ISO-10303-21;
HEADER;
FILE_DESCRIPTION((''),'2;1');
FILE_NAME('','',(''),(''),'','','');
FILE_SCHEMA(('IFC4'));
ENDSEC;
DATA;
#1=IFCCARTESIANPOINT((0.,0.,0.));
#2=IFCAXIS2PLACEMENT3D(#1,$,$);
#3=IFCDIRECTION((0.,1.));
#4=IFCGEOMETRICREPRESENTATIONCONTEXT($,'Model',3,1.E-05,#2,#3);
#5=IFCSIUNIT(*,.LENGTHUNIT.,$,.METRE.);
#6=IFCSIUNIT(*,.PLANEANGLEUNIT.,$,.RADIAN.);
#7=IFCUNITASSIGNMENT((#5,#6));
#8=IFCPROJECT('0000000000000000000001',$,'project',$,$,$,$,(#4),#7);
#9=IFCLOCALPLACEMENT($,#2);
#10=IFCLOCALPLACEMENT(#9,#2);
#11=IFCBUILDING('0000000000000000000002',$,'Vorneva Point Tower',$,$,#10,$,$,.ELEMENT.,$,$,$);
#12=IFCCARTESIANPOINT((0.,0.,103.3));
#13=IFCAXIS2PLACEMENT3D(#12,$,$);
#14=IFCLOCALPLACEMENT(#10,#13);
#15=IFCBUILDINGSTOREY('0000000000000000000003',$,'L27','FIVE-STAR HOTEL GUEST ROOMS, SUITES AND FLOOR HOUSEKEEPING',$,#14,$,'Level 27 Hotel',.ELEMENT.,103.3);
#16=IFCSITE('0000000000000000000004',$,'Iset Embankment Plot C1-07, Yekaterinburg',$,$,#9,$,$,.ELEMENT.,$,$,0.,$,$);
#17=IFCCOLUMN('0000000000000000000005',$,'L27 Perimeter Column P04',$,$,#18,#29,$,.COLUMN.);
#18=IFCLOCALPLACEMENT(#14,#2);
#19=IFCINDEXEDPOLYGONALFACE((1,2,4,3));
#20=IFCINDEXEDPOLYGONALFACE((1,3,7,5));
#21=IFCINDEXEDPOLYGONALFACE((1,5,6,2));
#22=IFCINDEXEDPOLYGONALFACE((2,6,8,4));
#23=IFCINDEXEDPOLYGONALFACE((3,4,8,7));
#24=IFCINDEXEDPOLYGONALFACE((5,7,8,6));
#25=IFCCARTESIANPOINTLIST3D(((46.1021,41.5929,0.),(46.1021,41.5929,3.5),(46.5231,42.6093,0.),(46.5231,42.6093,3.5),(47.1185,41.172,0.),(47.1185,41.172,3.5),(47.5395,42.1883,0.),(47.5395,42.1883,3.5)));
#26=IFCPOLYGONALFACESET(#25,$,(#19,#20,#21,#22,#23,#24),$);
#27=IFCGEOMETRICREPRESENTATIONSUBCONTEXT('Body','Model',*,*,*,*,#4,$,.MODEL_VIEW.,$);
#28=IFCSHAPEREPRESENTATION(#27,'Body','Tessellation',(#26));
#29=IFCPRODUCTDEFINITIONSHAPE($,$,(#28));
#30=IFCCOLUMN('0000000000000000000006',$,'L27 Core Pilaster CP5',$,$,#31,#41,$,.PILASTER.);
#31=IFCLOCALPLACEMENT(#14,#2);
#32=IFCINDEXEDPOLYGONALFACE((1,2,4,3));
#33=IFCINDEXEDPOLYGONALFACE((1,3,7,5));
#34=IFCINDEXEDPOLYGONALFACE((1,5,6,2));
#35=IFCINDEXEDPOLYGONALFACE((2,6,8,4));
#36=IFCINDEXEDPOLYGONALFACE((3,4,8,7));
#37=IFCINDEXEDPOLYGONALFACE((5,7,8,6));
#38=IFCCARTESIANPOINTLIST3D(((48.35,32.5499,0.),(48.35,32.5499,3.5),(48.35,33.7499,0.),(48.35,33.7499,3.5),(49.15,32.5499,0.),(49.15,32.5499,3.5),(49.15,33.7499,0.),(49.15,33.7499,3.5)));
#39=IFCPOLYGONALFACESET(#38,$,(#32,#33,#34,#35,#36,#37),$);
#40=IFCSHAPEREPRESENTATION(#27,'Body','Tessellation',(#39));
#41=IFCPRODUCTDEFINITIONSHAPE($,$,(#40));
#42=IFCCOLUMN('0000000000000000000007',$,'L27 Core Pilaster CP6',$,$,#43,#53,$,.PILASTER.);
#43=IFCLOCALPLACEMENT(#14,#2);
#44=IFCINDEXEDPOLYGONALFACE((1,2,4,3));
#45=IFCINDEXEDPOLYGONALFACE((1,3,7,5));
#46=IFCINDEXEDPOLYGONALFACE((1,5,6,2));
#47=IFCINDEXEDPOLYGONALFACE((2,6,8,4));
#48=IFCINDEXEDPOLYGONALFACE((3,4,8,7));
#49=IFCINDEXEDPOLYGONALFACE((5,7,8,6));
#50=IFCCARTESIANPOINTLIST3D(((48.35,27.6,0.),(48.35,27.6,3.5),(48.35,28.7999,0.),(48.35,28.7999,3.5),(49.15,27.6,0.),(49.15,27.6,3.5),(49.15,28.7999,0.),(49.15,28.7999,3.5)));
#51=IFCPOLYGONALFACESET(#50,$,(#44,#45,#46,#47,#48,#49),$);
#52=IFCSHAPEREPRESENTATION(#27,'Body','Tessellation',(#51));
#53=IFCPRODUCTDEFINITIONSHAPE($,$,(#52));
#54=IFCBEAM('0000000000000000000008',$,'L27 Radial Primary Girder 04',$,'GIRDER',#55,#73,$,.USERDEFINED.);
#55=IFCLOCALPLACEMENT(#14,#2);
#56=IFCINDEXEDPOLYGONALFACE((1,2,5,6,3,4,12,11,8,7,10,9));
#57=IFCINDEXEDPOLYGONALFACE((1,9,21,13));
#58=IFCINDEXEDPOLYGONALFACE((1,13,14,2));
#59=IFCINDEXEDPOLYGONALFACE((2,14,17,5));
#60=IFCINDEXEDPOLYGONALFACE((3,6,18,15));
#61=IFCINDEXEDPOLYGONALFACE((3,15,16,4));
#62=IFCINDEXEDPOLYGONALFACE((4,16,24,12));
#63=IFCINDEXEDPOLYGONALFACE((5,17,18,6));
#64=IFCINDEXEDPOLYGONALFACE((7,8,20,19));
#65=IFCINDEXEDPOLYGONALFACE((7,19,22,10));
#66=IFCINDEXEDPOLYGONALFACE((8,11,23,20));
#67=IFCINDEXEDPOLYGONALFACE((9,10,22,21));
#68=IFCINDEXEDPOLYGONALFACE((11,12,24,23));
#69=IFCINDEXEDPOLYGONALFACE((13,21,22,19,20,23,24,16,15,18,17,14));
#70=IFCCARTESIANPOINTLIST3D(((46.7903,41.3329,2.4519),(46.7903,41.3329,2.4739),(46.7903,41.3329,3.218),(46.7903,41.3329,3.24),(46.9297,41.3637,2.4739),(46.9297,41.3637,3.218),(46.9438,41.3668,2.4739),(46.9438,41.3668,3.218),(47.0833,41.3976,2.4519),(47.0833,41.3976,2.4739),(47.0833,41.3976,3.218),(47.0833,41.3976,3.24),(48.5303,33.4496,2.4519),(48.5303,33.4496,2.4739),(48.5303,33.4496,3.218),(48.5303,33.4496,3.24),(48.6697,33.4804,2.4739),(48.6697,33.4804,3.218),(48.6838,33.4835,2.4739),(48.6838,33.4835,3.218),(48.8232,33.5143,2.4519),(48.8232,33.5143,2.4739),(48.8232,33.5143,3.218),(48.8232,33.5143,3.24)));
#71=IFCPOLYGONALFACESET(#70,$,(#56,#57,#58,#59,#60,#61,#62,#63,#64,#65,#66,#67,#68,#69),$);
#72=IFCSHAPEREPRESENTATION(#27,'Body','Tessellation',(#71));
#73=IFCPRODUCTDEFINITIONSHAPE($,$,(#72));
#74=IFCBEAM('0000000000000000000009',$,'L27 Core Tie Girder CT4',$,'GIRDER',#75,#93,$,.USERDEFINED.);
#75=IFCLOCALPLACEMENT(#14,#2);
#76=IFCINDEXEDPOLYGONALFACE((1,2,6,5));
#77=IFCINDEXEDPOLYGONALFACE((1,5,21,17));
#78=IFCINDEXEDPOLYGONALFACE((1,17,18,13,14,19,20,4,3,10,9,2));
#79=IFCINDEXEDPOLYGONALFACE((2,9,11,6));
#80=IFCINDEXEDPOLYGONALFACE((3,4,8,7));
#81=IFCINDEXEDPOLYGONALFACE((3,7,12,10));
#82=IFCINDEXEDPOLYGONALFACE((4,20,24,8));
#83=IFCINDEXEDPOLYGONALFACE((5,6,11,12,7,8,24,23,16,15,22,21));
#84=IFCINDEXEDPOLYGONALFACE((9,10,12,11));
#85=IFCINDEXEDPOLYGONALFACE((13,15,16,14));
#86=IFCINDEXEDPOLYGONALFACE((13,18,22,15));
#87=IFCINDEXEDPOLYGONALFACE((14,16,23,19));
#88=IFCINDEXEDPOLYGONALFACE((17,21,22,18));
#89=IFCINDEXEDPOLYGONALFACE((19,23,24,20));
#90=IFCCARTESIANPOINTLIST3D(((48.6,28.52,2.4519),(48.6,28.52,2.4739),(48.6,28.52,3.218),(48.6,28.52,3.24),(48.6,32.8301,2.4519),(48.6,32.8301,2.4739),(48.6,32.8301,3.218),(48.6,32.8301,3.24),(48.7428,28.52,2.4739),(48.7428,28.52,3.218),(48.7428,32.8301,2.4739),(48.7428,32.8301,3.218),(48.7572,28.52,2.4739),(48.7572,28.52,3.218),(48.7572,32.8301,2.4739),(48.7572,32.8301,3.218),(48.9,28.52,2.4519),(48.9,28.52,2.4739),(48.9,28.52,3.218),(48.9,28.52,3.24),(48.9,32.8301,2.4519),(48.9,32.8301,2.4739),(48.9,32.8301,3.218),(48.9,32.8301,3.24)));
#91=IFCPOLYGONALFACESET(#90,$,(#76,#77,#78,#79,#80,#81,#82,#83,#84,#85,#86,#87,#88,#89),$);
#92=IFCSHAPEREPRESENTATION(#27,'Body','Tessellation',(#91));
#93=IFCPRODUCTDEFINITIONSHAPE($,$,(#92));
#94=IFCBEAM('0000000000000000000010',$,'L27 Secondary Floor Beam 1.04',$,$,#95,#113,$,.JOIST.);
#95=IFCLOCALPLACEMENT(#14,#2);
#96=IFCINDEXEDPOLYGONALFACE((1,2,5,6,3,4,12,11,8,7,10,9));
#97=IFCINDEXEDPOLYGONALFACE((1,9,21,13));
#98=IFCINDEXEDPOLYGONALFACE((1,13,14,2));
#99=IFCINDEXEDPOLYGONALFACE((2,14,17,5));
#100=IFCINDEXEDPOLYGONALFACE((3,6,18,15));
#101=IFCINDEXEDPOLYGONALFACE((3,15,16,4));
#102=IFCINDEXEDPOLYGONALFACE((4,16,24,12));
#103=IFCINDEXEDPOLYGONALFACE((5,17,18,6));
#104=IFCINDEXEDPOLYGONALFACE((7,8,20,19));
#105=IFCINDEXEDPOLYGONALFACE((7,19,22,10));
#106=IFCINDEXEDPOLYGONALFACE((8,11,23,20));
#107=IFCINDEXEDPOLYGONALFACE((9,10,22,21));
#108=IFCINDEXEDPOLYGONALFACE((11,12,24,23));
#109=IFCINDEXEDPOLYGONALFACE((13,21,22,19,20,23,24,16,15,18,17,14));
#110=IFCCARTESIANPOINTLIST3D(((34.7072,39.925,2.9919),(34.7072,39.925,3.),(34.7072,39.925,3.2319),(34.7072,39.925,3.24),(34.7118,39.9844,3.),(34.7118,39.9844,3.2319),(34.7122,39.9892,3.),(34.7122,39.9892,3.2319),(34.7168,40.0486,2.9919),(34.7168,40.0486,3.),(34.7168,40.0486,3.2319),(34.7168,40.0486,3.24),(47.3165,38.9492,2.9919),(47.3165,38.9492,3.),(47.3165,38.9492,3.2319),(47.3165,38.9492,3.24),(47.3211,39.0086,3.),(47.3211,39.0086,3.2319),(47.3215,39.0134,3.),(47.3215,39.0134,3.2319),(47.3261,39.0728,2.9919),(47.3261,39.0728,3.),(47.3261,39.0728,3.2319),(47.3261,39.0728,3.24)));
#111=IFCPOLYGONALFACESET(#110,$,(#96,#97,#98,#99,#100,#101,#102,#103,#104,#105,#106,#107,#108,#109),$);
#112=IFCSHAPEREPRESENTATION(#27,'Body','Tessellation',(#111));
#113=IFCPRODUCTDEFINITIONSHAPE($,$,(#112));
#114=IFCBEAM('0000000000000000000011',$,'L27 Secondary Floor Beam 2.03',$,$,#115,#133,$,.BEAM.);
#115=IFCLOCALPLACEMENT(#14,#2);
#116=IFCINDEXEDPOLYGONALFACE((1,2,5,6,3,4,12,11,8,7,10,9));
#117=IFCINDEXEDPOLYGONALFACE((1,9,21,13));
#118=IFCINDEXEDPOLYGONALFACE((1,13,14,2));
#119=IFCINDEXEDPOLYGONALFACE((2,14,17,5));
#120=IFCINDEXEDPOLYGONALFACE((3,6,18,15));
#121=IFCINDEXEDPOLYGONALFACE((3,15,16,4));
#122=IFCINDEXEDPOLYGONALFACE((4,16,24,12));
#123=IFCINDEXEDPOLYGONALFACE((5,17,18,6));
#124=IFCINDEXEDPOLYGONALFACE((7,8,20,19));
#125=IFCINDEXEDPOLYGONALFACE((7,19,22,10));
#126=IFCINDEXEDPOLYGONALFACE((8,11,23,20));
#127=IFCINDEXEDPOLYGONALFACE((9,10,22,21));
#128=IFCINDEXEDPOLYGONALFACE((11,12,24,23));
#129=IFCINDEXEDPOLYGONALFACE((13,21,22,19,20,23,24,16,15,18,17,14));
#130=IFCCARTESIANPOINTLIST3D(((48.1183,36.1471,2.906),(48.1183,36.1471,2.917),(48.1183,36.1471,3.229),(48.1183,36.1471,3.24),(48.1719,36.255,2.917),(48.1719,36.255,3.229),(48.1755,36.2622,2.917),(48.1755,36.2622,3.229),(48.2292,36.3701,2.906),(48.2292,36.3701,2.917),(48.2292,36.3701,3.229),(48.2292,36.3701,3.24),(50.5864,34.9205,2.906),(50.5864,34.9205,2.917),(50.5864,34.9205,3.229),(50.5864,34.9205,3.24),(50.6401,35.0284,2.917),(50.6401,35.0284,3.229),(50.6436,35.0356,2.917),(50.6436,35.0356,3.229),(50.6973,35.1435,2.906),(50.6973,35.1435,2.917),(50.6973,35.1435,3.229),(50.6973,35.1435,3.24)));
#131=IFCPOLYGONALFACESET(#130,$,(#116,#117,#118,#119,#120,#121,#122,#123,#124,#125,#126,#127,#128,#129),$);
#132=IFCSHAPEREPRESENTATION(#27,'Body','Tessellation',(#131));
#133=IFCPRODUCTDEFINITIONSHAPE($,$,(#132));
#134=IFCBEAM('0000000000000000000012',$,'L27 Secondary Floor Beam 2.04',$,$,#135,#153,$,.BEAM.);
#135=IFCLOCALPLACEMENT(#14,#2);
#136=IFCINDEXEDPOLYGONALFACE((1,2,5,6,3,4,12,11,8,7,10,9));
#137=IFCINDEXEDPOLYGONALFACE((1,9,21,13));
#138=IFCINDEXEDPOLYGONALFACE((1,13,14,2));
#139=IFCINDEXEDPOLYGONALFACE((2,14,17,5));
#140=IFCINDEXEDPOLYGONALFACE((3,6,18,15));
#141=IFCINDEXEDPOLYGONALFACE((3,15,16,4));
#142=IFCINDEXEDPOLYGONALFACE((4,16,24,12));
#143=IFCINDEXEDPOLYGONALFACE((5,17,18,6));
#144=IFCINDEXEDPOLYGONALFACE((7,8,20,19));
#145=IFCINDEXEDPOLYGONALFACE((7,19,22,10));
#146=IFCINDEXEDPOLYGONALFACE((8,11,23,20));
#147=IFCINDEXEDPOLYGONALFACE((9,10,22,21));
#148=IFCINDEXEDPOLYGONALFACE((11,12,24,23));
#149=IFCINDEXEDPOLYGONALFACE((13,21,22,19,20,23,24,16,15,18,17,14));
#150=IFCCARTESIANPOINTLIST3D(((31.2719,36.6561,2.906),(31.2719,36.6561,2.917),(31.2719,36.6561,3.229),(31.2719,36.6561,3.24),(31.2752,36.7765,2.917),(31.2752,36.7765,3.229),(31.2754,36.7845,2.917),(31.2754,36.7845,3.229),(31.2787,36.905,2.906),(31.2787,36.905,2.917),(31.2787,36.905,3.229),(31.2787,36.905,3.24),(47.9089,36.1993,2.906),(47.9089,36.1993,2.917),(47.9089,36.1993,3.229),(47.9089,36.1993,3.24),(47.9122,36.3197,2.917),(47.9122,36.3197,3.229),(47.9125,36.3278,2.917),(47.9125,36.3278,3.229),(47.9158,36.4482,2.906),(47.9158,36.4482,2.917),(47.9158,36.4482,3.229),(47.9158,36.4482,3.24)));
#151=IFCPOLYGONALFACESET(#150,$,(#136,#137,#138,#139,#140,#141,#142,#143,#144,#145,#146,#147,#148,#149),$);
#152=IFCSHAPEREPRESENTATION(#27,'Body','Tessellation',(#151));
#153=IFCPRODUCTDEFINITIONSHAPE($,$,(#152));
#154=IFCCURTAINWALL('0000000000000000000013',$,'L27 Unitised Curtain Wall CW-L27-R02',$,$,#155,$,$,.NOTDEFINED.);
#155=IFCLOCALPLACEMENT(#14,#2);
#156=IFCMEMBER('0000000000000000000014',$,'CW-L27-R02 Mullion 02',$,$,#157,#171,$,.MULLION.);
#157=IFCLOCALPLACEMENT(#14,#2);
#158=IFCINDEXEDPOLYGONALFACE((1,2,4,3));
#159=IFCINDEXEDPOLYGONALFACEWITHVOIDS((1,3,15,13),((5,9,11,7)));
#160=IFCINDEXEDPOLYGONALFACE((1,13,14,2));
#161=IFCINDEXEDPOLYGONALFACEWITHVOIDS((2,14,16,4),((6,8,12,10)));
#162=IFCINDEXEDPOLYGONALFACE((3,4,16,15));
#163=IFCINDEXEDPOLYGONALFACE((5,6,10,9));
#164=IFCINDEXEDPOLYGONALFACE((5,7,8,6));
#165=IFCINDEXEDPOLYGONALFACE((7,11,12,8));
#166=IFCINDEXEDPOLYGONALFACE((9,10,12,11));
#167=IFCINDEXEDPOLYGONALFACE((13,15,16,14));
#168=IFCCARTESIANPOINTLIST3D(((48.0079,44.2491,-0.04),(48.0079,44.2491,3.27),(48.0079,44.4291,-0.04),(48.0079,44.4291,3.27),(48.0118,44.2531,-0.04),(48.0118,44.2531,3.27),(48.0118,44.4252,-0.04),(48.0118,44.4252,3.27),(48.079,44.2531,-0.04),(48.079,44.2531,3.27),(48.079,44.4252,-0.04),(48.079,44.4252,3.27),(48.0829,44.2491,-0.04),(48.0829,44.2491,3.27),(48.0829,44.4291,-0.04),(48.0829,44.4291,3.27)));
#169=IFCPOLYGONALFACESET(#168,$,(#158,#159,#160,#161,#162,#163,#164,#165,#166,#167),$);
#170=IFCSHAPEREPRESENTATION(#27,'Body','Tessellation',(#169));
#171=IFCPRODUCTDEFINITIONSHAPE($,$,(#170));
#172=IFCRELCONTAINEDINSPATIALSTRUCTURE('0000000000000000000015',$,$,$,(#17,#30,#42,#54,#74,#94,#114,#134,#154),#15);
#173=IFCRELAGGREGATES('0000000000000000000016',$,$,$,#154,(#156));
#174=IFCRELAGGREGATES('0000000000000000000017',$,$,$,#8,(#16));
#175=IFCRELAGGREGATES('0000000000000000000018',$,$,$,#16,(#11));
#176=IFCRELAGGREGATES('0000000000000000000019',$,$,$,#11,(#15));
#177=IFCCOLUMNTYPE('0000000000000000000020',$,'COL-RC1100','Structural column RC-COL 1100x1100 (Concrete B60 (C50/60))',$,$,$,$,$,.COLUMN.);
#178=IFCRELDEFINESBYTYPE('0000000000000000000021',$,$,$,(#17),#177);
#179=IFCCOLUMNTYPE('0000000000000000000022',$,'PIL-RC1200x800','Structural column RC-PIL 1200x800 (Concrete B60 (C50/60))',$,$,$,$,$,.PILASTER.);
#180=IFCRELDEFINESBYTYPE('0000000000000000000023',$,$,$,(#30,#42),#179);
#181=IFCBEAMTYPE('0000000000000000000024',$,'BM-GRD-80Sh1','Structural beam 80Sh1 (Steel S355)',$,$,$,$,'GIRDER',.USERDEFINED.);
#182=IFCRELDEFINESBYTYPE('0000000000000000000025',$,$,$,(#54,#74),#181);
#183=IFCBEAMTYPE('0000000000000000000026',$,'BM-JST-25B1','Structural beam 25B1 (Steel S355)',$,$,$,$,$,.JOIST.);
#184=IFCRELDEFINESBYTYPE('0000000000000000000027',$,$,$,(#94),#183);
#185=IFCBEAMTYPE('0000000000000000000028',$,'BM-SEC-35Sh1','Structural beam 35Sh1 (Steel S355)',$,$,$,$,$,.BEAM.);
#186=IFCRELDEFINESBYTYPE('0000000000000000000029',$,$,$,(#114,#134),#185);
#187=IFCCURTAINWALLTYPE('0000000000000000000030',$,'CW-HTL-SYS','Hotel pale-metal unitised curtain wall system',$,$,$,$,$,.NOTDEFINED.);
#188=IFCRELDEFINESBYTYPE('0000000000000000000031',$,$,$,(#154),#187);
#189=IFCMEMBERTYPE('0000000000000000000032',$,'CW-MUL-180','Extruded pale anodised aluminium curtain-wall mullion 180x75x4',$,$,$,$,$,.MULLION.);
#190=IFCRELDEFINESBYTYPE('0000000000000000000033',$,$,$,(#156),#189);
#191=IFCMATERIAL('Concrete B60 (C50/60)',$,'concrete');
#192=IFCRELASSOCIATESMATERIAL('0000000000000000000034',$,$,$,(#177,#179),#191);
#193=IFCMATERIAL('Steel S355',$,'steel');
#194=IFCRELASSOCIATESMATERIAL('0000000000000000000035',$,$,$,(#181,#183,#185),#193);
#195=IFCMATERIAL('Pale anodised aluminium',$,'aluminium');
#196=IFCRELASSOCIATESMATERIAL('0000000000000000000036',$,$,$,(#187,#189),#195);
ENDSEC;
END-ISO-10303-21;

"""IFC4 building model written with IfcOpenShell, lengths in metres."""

from ifc_helpers import new_model, si_unit, direction, frame, origin, origin_2d, place, context, subcontext, project, spatial, rectangle, hollow_rectangle, i_section, extrude, material, material_profile, profile_set, type_object, element, aggregate, save


model = new_model("IFC4")

# Units and contexts
model_context = context("Model", 3, precision=1e-05, world=origin(), true_north=direction((0.0, 1.0)))
body_context = subcontext(model_context, "Body", "Model", "MODEL_VIEW")
ifc_project = project(units=[si_unit("LENGTHUNIT", "METRE"), si_unit("PLANEANGLEUNIT", "RADIAN")], contexts=[model_context])

# Site, building, storey
site_placement = place(None, origin())
site = spatial("IfcSite", under=ifc_project, at=site_placement, Name="Iset Embankment Plot C1-07, Yekaterinburg", CompositionType="ELEMENT", RefElevation=0.0)
building_placement = place(site_placement, origin())
building = spatial("IfcBuilding", under=site, at=building_placement, Name="Vorneva Point Tower", CompositionType="ELEMENT")
storey_placement = place(building_placement, frame((0.0, 0.0, 103.3)))
storey = spatial("IfcBuildingStorey", under=building, at=storey_placement, Name="L27", Description="FIVE-STAR HOTEL GUEST ROOMS, SUITES AND FLOOR HOUSEKEEPING", LongName="Level 27 Hotel", CompositionType="ELEMENT", Elevation=103.3)

# Columns
ifc_material_1 = material(Name="Concrete B60 (C50/60)", Category="concrete")
ifc_material_profile_1 = material_profile(ifc_material_1, rectangle(XDim=1.1001, YDim=1.1001, at=origin_2d()), Name="RC-COL 1100x1100")
ifc_profile_set_1 = profile_set([ifc_material_profile_1], Name="Concrete B60 (C50/60)")
column_type_1 = type_object("IfcColumnType", Name="COL-RC1100", Description="Structural column RC-COL 1100x1100 (Concrete B60 (C50/60))", PredefinedType="COLUMN", material=ifc_profile_set_1)
column_placement = place(storey_placement, frame((46.8208, 41.8906, 0.0), z_axis=(0.0, 0.0, 1.0), x_axis=(0.382683, 0.92388, 0.0)))
element("IfcColumn", 1, at=column_placement, inside=storey, type_object=column_type_1, Name="L27 Perimeter Column P04", PredefinedType="COLUMN", context=body_context, shape_type="SweptSolid", body=[
    extrude(rectangle(XDim=1.1001, YDim=1.1001, at=origin_2d()), origin(), (0.0, 0.0, 1.0), 3.5),
])
ifc_material_profile_2 = material_profile(ifc_material_1, rectangle(XDim=0.8, YDim=1.2, at=origin_2d()), Name="RC-PIL 1200x800")
ifc_profile_set_2 = profile_set([ifc_material_profile_2], Name="Concrete B60 (C50/60)")
column_type_2 = type_object("IfcColumnType", Name="PIL-RC1200x800", Description="Structural column RC-PIL 1200x800 (Concrete B60 (C50/60))", PredefinedType="PILASTER", material=ifc_profile_set_2)
for number, where, z_axis, x_axis, name in (
    (2, (48.75, 33.1499, 0.0), (0.0, 0.0, 1.0), (1.0, 0.0, 0.0), "L27 Core Pilaster CP5"),
    (3, (48.75, 28.2, 0.0), (0.0, 0.0, 1.0), (1.0, 0.0, 0.0), "L27 Core Pilaster CP6"),
):
    element("IfcColumn", number, at=place(storey_placement, frame(where, z_axis=z_axis, x_axis=x_axis)), inside=storey, type_object=column_type_2, Name=name, PredefinedType="PILASTER", context=body_context, shape_type="SweptSolid", body=[
        extrude(rectangle(XDim=0.8, YDim=1.2, at=origin_2d()), origin(), (0.0, 0.0, 1.0), 3.5),
    ])

# Beams
ifc_material_2 = material(Name="Steel S355", Category="steel")
ifc_material_profile_3 = material_profile(ifc_material_2, i_section(OverallWidth=0.3, OverallDepth=0.7881, WebThickness=0.0144, FlangeThickness=0.022, at=origin_2d()), Name="80Sh1")
ifc_profile_set_3 = profile_set([ifc_material_profile_3], Name="Steel S355")
beam_type_1 = type_object("IfcBeamType", Name="BM-GRD-80Sh1", Description="Structural beam 80Sh1 (Steel S355)", ElementType="GIRDER", PredefinedType="USERDEFINED", material=ifc_profile_set_3)
beam_1_placement = place(storey_placement, frame((46.9368, 41.3652, 2.8459), z_axis=(0.215531, -0.976497, 0.0), x_axis=(0.976497, 0.215531, 0.0)))
element("IfcBeam", 4, at=beam_1_placement, inside=storey, type_object=beam_type_1, Name="L27 Radial Primary Girder 04", ObjectType="GIRDER", PredefinedType="USERDEFINED", context=body_context, shape_type="SweptSolid", body=[
    extrude(i_section(OverallWidth=0.3, OverallDepth=0.7881, WebThickness=0.0144, FlangeThickness=0.022, at=origin_2d()), origin(), (0.0, 0.0, 1.0), 8.073),
])
beam_2_placement = place(storey_placement, frame((48.75, 28.52, 2.8459), z_axis=(0.0, 1.0, 0.0), x_axis=(-1.0, 0.0, 0.0)))
element("IfcBeam", 5, at=beam_2_placement, inside=storey, type_object=beam_type_1, Name="L27 Core Tie Girder CT4", ObjectType="GIRDER", PredefinedType="USERDEFINED", context=body_context, shape_type="SweptSolid", body=[
    extrude(i_section(OverallWidth=0.3, OverallDepth=0.7881, WebThickness=0.0144, FlangeThickness=0.022, at=origin_2d()), origin(), (0.0, 0.0, 1.0), 4.3101),
])
ifc_material_profile_4 = material_profile(ifc_material_2, i_section(OverallWidth=0.124, OverallDepth=0.248, WebThickness=0.0049, FlangeThickness=0.0081, at=origin_2d()), Name="25B1")
ifc_profile_set_4 = profile_set([ifc_material_profile_4], Name="Steel S355")
beam_type_2 = type_object("IfcBeamType", Name="BM-JST-25B1", Description="Structural beam 25B1 (Steel S355)", PredefinedType="JOIST", material=ifc_profile_set_4)
beam_3_placement = place(storey_placement, frame((47.3213, 39.011, 3.116), z_axis=(-0.997019, 0.077159, 0.0), x_axis=(-0.077159, -0.997019, 0.0)))
element("IfcBeam", 6, at=beam_3_placement, inside=storey, type_object=beam_type_2, Name="L27 Secondary Floor Beam 1.04", PredefinedType="JOIST", context=body_context, shape_type="SweptSolid", body=[
    extrude(i_section(OverallWidth=0.124, OverallDepth=0.248, WebThickness=0.0049, FlangeThickness=0.0081, at=origin_2d()), origin(), (0.0, 0.0, 1.0), 12.647),
])
ifc_material_profile_5 = material_profile(ifc_material_2, i_section(OverallWidth=0.249, OverallDepth=0.334, WebThickness=0.0081, FlangeThickness=0.011, at=origin_2d()), Name="35Sh1")
ifc_profile_set_5 = profile_set([ifc_material_profile_5], Name="Steel S355")
beam_type_3 = type_object("IfcBeamType", Name="BM-SEC-35Sh1", Description="Structural beam 35Sh1 (Steel S355)", PredefinedType="BEAM", material=ifc_profile_set_5)
beam_4_placement = place(storey_placement, frame((50.6418, 35.032, 3.073), z_axis=(-0.895505, 0.445051, 0.0), x_axis=(-0.445051, -0.895505, 0.0)))
element("IfcBeam", 7, at=beam_4_placement, inside=storey, type_object=beam_type_3, Name="L27 Secondary Floor Beam 2.03", PredefinedType="BEAM", context=body_context, shape_type="SweptSolid", body=[
    extrude(i_section(OverallWidth=0.249, OverallDepth=0.334, WebThickness=0.0081, FlangeThickness=0.011, at=origin_2d()), origin(), (0.0, 0.0, 1.0), 2.7561),
])
beam_5_placement = place(storey_placement, frame((47.9124, 36.3237, 3.073), z_axis=(-0.999623, 0.027446, 0.0), x_axis=(-0.027446, -0.999623, 0.0)))
element("IfcBeam", 8, at=beam_5_placement, inside=storey, type_object=beam_type_3, Name="L27 Secondary Floor Beam 2.04", PredefinedType="BEAM", context=body_context, shape_type="SweptSolid", body=[
    extrude(i_section(OverallWidth=0.249, OverallDepth=0.334, WebThickness=0.0081, FlangeThickness=0.011, at=origin_2d()), origin(), (0.0, 0.0, 1.0), 16.6433),
])

# Curtain wall, member
ifc_material_3 = material(Name="Pale anodised aluminium", Category="aluminium")
curtain_wall_type = type_object("IfcCurtainWallType", Name="CW-HTL-SYS", Description="Hotel pale-metal unitised curtain wall system", PredefinedType="NOTDEFINED", material=ifc_material_3)
curtain_wall_placement = place(storey_placement, origin())
curtain_wall = element("IfcCurtainWall", 9, at=curtain_wall_placement, inside=storey, type_object=curtain_wall_type, Name="L27 Unitised Curtain Wall CW-L27-R02", PredefinedType="NOTDEFINED")
ifc_material_profile_6 = material_profile(ifc_material_3, hollow_rectangle(XDim=0.075, YDim=0.1799, WallThickness=0.0039, at=origin_2d()), Name="AL-MUL 180x75x4")
ifc_profile_set_6 = profile_set([ifc_material_profile_6], Name="Pale anodised aluminium")
member_type_1 = type_object("IfcMemberType", Name="CW-MUL-180", Description="Extruded pale anodised aluminium curtain-wall mullion 180x75x4", PredefinedType="MULLION", material=ifc_profile_set_6)
member_1_placement = place(storey_placement, frame((48.0454, 44.3391, -0.04), z_axis=(0.0, 0.0, 1.0), x_axis=(1.0, 0.0, 0.0)))
member_1 = element("IfcMember", 10, at=member_1_placement, type_object=member_type_1, Name="CW-L27-R02 Mullion 02", PredefinedType="MULLION", context=body_context, shape_type="SweptSolid", body=[
    extrude(hollow_rectangle(XDim=0.075, YDim=0.1799, WallThickness=0.0039, at=origin_2d()), origin(), (0.0, 0.0, 1.0), 3.3101),
])
aggregate(curtain_wall, [member_1])

save(model, "model.ifc")
